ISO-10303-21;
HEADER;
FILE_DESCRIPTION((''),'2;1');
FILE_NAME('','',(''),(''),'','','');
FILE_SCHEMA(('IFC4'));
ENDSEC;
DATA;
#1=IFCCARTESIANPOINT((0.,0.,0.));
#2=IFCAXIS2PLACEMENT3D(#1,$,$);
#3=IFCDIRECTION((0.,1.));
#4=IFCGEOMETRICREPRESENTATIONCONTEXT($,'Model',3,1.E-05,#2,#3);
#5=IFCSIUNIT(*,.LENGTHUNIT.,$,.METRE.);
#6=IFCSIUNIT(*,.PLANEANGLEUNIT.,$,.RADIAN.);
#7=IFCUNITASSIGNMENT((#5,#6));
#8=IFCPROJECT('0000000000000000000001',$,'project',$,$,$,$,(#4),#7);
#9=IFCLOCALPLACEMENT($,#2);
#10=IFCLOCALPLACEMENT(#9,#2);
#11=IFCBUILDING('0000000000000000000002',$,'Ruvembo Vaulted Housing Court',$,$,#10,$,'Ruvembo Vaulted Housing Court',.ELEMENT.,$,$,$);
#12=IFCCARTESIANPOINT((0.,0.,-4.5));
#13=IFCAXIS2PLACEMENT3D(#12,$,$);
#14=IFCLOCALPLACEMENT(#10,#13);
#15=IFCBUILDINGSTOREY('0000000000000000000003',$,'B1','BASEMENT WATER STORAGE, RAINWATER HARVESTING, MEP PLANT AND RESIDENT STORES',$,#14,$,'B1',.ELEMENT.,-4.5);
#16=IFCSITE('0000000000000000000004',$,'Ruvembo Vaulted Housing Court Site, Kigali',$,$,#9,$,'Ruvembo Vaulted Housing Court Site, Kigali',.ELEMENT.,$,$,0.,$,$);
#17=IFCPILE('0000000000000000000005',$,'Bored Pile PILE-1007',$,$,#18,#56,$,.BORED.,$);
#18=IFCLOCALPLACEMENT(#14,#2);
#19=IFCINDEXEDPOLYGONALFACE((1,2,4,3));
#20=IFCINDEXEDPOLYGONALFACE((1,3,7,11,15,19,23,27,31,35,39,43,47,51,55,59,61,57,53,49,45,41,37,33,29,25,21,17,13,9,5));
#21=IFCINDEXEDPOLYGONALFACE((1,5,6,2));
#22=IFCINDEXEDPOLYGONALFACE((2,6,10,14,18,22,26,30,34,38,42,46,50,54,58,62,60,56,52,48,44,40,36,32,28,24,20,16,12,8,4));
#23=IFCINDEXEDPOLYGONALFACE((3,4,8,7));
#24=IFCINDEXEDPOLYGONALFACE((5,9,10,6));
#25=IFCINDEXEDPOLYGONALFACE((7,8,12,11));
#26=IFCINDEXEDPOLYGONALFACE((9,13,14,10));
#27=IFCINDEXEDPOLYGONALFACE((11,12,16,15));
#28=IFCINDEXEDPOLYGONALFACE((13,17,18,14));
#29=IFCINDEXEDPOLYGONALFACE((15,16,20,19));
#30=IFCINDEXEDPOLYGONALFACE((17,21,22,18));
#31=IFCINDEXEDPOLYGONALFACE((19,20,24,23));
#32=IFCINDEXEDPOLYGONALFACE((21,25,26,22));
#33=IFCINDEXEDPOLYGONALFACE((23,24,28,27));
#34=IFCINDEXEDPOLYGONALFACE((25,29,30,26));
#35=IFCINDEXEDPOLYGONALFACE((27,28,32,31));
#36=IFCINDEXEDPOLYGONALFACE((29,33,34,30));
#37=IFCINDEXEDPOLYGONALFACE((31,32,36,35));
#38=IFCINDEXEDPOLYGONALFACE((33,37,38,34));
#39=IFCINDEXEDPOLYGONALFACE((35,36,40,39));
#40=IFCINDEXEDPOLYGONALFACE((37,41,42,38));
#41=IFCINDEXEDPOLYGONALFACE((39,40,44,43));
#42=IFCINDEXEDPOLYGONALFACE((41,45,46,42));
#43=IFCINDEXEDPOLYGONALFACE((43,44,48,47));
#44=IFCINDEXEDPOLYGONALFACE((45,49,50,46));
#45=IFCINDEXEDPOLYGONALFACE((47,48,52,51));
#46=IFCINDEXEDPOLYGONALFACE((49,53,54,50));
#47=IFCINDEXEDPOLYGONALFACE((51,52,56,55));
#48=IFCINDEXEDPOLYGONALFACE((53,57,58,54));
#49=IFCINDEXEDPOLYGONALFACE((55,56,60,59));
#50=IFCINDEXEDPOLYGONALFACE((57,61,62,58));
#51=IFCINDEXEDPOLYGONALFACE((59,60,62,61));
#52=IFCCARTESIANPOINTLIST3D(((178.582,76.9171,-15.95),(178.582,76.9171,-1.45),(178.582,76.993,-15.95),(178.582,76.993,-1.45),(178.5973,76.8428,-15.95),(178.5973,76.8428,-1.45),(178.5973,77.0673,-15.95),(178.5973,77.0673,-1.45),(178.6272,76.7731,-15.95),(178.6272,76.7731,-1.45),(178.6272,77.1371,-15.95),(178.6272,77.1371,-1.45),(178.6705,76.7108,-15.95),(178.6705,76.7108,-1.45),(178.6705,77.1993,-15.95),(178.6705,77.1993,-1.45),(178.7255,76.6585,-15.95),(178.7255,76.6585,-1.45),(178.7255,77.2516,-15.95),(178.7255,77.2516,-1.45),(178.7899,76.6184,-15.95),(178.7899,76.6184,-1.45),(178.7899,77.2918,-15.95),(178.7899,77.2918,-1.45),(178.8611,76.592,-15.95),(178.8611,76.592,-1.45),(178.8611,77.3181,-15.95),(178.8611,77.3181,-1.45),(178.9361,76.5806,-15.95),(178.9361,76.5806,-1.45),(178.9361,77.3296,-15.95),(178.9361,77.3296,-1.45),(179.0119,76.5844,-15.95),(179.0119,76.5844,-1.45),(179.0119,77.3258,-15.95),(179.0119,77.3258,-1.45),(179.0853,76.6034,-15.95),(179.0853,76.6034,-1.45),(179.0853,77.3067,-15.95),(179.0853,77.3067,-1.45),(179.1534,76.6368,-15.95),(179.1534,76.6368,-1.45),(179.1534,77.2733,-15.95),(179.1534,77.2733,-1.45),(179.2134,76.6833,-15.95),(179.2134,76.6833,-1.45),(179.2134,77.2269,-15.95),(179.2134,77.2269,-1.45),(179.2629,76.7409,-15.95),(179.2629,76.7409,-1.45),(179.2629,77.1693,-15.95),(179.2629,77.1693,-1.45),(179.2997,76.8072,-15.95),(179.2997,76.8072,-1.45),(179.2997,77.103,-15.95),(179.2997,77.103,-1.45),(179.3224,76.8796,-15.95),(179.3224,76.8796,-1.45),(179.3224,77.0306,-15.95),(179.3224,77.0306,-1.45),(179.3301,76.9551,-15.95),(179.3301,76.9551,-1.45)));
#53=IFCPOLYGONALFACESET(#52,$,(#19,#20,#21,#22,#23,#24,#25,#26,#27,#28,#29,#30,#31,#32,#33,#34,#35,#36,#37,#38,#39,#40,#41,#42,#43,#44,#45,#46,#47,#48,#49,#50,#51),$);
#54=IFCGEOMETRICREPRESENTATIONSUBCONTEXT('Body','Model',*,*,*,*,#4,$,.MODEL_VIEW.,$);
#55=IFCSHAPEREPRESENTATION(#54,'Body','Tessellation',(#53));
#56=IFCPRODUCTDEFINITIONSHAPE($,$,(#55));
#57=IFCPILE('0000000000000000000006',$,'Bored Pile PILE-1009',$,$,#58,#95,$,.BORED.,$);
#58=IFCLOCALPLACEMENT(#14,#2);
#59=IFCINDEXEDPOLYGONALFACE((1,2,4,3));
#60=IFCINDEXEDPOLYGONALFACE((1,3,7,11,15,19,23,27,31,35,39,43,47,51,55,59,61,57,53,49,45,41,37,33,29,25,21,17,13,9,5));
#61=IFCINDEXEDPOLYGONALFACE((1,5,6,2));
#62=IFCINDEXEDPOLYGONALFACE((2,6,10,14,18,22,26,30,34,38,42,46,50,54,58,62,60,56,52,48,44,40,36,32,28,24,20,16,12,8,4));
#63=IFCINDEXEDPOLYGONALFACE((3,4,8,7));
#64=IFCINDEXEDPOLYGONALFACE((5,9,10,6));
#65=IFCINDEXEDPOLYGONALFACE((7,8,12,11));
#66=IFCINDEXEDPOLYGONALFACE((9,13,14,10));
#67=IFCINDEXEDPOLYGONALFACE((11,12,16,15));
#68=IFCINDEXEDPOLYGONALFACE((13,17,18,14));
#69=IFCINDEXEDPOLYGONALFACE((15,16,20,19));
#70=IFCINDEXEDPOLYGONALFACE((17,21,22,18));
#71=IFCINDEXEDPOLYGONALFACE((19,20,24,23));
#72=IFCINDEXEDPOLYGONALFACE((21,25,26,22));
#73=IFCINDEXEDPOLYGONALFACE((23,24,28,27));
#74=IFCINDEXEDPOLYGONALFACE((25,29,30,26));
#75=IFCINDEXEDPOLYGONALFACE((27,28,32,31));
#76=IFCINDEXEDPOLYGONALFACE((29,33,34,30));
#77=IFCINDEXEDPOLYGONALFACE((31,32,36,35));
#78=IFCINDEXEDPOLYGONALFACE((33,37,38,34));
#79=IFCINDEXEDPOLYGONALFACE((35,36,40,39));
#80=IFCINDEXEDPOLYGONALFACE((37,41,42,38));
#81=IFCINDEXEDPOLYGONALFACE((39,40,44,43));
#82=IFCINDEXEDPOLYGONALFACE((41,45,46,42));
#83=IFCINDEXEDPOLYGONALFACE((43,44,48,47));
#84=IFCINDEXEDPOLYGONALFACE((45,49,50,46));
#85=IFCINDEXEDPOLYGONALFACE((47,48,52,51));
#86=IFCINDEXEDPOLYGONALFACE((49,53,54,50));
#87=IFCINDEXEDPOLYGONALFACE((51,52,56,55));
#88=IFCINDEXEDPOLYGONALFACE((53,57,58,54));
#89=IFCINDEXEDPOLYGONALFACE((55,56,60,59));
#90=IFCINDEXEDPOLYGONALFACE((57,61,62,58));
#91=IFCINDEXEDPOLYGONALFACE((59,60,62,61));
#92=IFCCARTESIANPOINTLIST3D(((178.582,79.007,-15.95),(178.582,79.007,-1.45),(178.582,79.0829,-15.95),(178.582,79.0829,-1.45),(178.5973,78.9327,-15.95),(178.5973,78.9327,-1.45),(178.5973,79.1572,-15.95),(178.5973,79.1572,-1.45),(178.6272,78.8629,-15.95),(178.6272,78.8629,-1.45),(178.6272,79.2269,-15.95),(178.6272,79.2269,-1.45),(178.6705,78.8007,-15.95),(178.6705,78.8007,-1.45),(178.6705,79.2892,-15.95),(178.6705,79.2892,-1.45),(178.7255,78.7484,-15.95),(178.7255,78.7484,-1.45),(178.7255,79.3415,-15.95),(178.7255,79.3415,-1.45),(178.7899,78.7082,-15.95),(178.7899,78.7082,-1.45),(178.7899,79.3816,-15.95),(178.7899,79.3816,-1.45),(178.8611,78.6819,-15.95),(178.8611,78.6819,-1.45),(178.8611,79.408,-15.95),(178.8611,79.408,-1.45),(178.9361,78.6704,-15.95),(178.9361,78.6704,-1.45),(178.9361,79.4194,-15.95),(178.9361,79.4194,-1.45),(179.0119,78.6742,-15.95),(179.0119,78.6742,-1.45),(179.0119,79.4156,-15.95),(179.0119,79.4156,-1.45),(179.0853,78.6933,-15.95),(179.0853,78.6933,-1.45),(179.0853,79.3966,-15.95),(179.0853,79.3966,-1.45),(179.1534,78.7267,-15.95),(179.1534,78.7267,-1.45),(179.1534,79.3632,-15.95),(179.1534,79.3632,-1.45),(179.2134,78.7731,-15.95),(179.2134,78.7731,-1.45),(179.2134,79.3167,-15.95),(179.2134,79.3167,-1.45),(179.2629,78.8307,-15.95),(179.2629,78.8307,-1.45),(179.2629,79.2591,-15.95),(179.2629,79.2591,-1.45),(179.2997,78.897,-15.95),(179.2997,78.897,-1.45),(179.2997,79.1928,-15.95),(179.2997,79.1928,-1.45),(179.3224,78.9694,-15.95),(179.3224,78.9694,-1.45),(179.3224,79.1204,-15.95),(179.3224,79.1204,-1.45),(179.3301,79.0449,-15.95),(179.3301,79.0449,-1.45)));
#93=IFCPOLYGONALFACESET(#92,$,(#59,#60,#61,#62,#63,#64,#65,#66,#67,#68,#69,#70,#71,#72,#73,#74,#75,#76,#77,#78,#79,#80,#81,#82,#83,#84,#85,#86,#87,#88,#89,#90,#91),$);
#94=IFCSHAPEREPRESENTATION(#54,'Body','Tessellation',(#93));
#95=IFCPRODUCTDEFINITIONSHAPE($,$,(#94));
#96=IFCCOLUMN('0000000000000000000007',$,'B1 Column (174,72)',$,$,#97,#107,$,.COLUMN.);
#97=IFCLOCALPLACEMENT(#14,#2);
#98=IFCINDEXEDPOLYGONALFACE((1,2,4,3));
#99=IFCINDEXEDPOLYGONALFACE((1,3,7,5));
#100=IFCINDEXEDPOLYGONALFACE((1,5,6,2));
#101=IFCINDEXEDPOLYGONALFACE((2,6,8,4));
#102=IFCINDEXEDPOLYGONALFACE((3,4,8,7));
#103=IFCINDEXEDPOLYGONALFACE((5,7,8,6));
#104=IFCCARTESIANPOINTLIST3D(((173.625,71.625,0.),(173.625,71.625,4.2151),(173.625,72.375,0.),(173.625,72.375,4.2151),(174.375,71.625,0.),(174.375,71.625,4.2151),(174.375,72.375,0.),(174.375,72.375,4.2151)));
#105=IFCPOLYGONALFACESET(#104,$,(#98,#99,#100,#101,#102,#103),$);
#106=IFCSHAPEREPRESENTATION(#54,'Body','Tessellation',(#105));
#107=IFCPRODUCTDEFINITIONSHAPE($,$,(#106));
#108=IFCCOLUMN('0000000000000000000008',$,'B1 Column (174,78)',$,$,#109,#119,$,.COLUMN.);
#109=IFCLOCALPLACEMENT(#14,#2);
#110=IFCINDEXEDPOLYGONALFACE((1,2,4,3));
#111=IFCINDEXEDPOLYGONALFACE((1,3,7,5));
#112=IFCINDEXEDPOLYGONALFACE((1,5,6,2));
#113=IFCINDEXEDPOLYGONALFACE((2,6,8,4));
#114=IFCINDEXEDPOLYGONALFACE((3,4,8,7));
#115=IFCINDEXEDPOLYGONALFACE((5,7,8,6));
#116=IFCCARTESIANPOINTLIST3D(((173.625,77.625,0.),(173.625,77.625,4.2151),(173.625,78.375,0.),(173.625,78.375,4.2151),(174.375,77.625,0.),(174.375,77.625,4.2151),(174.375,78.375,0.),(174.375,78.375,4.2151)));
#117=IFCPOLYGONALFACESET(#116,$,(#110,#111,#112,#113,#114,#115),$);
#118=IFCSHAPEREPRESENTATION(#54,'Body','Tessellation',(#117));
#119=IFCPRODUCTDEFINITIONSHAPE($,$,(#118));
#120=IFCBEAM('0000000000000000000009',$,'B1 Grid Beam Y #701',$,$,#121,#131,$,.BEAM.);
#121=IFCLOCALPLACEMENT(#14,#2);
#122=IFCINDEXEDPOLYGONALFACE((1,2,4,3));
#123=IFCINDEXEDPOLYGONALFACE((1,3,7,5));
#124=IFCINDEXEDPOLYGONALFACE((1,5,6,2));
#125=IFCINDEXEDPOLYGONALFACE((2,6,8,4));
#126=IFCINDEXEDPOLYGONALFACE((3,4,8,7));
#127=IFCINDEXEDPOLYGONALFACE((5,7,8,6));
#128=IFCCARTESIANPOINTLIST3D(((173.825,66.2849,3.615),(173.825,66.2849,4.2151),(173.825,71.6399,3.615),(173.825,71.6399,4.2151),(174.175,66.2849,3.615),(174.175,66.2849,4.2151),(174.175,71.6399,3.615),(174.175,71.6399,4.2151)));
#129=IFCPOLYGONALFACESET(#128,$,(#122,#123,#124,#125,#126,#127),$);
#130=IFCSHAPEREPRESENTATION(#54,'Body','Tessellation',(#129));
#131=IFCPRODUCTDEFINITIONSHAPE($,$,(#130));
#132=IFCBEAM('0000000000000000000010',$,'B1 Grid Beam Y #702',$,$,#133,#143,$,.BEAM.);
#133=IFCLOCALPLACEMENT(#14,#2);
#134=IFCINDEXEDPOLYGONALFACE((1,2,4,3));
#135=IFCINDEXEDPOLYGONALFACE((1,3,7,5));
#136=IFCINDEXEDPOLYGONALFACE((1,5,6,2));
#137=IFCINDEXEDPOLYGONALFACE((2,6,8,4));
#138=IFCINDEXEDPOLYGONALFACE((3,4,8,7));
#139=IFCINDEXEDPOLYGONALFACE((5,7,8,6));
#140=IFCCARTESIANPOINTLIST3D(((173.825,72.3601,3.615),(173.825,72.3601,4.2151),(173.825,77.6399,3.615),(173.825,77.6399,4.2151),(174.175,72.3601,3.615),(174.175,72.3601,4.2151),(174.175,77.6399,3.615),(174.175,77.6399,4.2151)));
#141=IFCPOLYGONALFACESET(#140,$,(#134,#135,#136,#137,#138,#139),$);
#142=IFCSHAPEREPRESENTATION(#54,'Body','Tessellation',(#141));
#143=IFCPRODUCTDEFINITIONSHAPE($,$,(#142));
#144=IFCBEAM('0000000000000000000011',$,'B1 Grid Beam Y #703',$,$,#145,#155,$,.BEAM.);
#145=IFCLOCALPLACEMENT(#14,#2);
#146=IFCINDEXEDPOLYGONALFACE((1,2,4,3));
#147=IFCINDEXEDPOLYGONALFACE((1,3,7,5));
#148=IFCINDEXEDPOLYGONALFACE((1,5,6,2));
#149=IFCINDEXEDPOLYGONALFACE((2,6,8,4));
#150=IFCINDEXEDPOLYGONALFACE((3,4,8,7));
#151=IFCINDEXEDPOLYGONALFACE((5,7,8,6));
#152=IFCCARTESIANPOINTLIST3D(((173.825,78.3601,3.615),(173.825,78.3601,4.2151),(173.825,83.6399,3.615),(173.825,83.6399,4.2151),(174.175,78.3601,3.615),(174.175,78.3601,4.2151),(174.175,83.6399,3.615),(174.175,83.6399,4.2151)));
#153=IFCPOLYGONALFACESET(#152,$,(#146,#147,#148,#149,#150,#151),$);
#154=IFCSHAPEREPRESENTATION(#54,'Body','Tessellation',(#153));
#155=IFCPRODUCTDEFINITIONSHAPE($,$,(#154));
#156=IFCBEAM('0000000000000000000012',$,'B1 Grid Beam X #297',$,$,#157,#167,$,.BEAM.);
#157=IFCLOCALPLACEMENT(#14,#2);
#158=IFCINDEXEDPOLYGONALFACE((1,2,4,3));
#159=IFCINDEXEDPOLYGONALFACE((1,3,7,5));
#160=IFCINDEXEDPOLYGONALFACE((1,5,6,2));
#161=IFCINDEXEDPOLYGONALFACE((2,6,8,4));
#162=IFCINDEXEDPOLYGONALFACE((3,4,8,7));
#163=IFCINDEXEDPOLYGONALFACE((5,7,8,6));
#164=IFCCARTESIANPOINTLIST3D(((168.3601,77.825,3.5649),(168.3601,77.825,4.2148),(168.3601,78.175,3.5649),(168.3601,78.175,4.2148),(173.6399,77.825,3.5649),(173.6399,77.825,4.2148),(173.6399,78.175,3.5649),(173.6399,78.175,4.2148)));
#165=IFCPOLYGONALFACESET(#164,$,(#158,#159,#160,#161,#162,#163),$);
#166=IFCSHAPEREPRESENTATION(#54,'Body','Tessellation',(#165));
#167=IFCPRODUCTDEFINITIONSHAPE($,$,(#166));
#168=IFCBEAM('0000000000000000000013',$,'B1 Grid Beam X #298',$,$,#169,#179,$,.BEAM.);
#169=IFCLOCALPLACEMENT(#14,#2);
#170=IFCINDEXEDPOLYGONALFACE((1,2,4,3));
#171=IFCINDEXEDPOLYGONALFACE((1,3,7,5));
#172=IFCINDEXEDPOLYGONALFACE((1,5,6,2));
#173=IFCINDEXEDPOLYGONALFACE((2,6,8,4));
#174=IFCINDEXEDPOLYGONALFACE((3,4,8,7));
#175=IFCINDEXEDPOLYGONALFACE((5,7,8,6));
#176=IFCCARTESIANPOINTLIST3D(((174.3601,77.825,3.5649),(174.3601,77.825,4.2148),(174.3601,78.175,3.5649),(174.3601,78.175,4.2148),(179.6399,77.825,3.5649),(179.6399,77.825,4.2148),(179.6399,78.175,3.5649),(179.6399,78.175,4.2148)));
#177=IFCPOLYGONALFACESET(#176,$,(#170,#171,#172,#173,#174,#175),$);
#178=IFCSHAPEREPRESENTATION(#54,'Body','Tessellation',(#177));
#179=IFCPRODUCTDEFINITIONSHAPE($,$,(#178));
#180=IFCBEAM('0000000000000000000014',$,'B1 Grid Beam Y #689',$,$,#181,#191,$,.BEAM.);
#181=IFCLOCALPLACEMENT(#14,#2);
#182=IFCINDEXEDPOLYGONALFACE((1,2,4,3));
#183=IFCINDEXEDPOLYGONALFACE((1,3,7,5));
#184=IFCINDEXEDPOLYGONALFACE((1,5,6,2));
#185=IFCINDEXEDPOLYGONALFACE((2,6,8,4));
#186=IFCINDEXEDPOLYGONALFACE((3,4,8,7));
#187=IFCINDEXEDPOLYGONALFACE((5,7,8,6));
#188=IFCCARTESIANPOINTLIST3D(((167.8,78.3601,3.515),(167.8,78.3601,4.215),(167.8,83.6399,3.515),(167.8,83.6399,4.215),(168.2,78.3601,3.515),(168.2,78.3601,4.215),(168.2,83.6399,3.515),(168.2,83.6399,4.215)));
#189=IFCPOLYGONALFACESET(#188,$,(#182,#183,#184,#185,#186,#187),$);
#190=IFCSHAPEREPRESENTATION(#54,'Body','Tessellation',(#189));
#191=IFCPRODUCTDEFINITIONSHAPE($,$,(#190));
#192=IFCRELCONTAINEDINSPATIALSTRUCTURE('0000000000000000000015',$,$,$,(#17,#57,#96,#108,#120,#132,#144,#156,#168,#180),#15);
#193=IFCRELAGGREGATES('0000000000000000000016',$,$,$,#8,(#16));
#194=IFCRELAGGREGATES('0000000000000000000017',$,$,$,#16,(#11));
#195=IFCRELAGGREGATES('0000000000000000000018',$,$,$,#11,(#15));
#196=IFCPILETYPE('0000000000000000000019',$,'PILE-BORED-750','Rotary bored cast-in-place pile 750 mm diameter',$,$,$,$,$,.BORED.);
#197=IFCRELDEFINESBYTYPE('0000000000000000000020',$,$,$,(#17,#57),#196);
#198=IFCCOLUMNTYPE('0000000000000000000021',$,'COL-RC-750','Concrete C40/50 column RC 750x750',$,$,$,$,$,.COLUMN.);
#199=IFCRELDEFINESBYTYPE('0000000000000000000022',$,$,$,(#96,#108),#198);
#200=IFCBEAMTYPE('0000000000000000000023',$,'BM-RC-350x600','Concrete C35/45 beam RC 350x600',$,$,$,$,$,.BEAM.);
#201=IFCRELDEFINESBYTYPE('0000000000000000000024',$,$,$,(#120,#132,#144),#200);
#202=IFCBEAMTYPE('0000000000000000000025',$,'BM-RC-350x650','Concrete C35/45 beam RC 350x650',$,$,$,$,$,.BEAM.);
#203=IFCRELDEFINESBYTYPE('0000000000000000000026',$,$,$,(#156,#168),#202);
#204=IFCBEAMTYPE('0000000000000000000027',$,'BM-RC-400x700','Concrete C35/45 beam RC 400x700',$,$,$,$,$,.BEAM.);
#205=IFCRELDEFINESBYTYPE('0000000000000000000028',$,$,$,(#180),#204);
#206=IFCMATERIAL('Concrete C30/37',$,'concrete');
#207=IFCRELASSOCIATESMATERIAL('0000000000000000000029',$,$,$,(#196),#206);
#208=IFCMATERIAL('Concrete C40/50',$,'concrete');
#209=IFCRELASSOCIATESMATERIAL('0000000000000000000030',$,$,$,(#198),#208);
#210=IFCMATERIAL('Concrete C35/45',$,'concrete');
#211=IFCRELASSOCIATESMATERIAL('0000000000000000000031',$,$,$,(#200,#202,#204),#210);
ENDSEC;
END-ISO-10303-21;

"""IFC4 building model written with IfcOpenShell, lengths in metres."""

from ifc_helpers import new_model, si_unit, direction, frame, origin, origin_2d, place, context, subcontext, project, spatial, rectangle, circle, extrude, material, material_profile, profile_set, type_object, element, save


model = new_model("IFC4")

# Units and contexts
model_context = context("Model", 3, precision=1e-05, world=origin(), true_north=direction((0.0, 1.0)))
body_context = subcontext(model_context, "Body", "Model", "MODEL_VIEW")
ifc_project = project(units=[si_unit("LENGTHUNIT", "METRE"), si_unit("PLANEANGLEUNIT", "RADIAN")], contexts=[model_context])

# Site, building, storey
site_placement = place(None, origin())
site = spatial("IfcSite", under=ifc_project, at=site_placement, Name="Ruvembo Vaulted Housing Court Site, Kigali", LongName="Ruvembo Vaulted Housing Court Site, Kigali", CompositionType="ELEMENT", RefElevation=0.0)
building_placement = place(site_placement, origin())
building = spatial("IfcBuilding", under=site, at=building_placement, Name="Ruvembo Vaulted Housing Court", LongName="Ruvembo Vaulted Housing Court", CompositionType="ELEMENT")
storey_placement = place(building_placement, frame((0.0, 0.0, -4.5)))
storey = spatial("IfcBuildingStorey", under=building, at=storey_placement, Name="B1", Description="BASEMENT WATER STORAGE, RAINWATER HARVESTING, MEP PLANT AND RESIDENT STORES", LongName="B1", CompositionType="ELEMENT", Elevation=-4.5)

# Shared definitions
ifc_material_1 = material(Name="Concrete C35/45", Category="concrete")

# Piles
ifc_material_2 = material(Name="Concrete C30/37", Category="concrete")
ifc_material_profile_1 = material_profile(ifc_material_2, circle(Radius=0.375, at=origin_2d()), Name="PILE D750")
ifc_profile_set_1 = profile_set([ifc_material_profile_1], Name="Concrete C30/37")
pile_type = type_object("IfcPileType", Name="PILE-BORED-750", Description="Rotary bored cast-in-place pile 750 mm diameter", PredefinedType="BORED", material=ifc_profile_set_1)
for number, where, z_axis, x_axis, name in (
    (1, (178.9551, 76.9551, -1.45), (0.0, 0.0, -1.0), (1.0, 0.0, 0.0), "Bored Pile PILE-1007"),
    (2, (178.9551, 79.0449, -1.45), (0.0, 0.0, -1.0), (1.0, 0.0, 0.0), "Bored Pile PILE-1009"),
):
    element("IfcPile", number, at=place(storey_placement, frame(where, z_axis=z_axis, x_axis=x_axis)), inside=storey, type_object=pile_type, Name=name, PredefinedType="BORED", context=body_context, shape_type="SweptSolid", body=[
        extrude(circle(Radius=0.375, at=origin_2d()), origin(), (0.0, 0.0, 1.0), 14.5),
    ])

# Columns
ifc_material_3 = material(Name="Concrete C40/50", Category="concrete")
ifc_material_profile_2 = material_profile(ifc_material_3, rectangle(XDim=0.75, YDim=0.75, at=origin_2d()), Name="RC 750x750")
ifc_profile_set_2 = profile_set([ifc_material_profile_2], Name="Concrete C40/50")
column_type = type_object("IfcColumnType", Name="COL-RC-750", Description="Concrete C40/50 column RC 750x750", PredefinedType="COLUMN", material=ifc_profile_set_2)
for number, where, z_axis, x_axis, name in (
    (3, (174.0, 72.0, 0.0), (0.0, 0.0, 1.0), (1.0, 0.0, 0.0), "B1 Column (174,72)"),
    (4, (174.0, 78.0, 0.0), (0.0, 0.0, 1.0), (1.0, 0.0, 0.0), "B1 Column (174,78)"),
):
    element("IfcColumn", number, at=place(storey_placement, frame(where, z_axis=z_axis, x_axis=x_axis)), inside=storey, type_object=column_type, Name=name, PredefinedType="COLUMN", context=body_context, shape_type="SweptSolid", body=[
        extrude(rectangle(XDim=0.75, YDim=0.75, at=origin_2d()), origin(), (0.0, 0.0, 1.0), 4.2151),
    ])

# Beams
ifc_material_profile_3 = material_profile(ifc_material_1, rectangle(XDim=0.3501, YDim=0.6001, at=origin_2d()), Name="RC 350x600")
ifc_profile_set_3 = profile_set([ifc_material_profile_3], Name="Concrete C35/45")
beam_type_1 = type_object("IfcBeamType", Name="BM-RC-350x600", Description="Concrete C35/45 beam RC 350x600", PredefinedType="BEAM", material=ifc_profile_set_3)
beam_1_placement = place(storey_placement, frame((174.0, 66.2849, 3.915), z_axis=(0.0, 1.0, 0.0), x_axis=(-1.0, 0.0, 0.0)))
element("IfcBeam", 5, at=beam_1_placement, inside=storey, type_object=beam_type_1, Name="B1 Grid Beam Y #701", PredefinedType="BEAM", context=body_context, shape_type="SweptSolid", body=[
    extrude(rectangle(XDim=0.3501, YDim=0.6001, at=origin_2d()), origin(), (0.0, 0.0, 1.0), 5.355),
])
for number, where, z_axis, x_axis, name in (
    (6, (174.0, 72.3601, 3.915), (0.0, 1.0, 0.0), (-1.0, 0.0, 0.0), "B1 Grid Beam Y #702"),
    (7, (174.0, 78.3601, 3.915), (0.0, 1.0, 0.0), (-1.0, 0.0, 0.0), "B1 Grid Beam Y #703"),
):
    element("IfcBeam", number, at=place(storey_placement, frame(where, z_axis=z_axis, x_axis=x_axis)), inside=storey, type_object=beam_type_1, Name=name, PredefinedType="BEAM", context=body_context, shape_type="SweptSolid", body=[
        extrude(rectangle(XDim=0.3501, YDim=0.6001, at=origin_2d()), origin(), (0.0, 0.0, 1.0), 5.2798),
    ])
ifc_material_profile_4 = material_profile(ifc_material_1, rectangle(XDim=0.3501, YDim=0.6499, at=origin_2d()), Name="RC 350x650")
ifc_profile_set_4 = profile_set([ifc_material_profile_4], Name="Concrete C35/45")
beam_type_2 = type_object("IfcBeamType", Name="BM-RC-350x650", Description="Concrete C35/45 beam RC 350x650", PredefinedType="BEAM", material=ifc_profile_set_4)
for number, where, z_axis, x_axis, name in (
    (8, (168.3601, 78.0, 3.8899), (1.0, 0.0, 0.0), (0.0, 1.0, 0.0), "B1 Grid Beam X #297"),
    (9, (174.3601, 78.0, 3.8899), (1.0, 0.0, 0.0), (0.0, 1.0, 0.0), "B1 Grid Beam X #298"),
):
    element("IfcBeam", number, at=place(storey_placement, frame(where, z_axis=z_axis, x_axis=x_axis)), inside=storey, type_object=beam_type_2, Name=name, PredefinedType="BEAM", context=body_context, shape_type="SweptSolid", body=[
        extrude(rectangle(XDim=0.3501, YDim=0.6499, at=origin_2d()), origin(), (0.0, 0.0, 1.0), 5.2798),
    ])
ifc_material_profile_5 = material_profile(ifc_material_1, rectangle(XDim=0.3999, YDim=0.7, at=origin_2d()), Name="RC 400x700")
ifc_profile_set_5 = profile_set([ifc_material_profile_5], Name="Concrete C35/45")
beam_type_3 = type_object("IfcBeamType", Name="BM-RC-400x700", Description="Concrete C35/45 beam RC 400x700", PredefinedType="BEAM", material=ifc_profile_set_5)
beam_2_placement = place(storey_placement, frame((168.0, 78.3601, 3.865), z_axis=(0.0, 1.0, 0.0), x_axis=(-1.0, 0.0, 0.0)))
element("IfcBeam", 10, at=beam_2_placement, inside=storey, type_object=beam_type_3, Name="B1 Grid Beam Y #689", PredefinedType="BEAM", context=body_context, shape_type="SweptSolid", body=[
    extrude(rectangle(XDim=0.3999, YDim=0.7, at=origin_2d()), origin(), (0.0, 0.0, 1.0), 5.2798),
])

save(model, "model.ifc")
